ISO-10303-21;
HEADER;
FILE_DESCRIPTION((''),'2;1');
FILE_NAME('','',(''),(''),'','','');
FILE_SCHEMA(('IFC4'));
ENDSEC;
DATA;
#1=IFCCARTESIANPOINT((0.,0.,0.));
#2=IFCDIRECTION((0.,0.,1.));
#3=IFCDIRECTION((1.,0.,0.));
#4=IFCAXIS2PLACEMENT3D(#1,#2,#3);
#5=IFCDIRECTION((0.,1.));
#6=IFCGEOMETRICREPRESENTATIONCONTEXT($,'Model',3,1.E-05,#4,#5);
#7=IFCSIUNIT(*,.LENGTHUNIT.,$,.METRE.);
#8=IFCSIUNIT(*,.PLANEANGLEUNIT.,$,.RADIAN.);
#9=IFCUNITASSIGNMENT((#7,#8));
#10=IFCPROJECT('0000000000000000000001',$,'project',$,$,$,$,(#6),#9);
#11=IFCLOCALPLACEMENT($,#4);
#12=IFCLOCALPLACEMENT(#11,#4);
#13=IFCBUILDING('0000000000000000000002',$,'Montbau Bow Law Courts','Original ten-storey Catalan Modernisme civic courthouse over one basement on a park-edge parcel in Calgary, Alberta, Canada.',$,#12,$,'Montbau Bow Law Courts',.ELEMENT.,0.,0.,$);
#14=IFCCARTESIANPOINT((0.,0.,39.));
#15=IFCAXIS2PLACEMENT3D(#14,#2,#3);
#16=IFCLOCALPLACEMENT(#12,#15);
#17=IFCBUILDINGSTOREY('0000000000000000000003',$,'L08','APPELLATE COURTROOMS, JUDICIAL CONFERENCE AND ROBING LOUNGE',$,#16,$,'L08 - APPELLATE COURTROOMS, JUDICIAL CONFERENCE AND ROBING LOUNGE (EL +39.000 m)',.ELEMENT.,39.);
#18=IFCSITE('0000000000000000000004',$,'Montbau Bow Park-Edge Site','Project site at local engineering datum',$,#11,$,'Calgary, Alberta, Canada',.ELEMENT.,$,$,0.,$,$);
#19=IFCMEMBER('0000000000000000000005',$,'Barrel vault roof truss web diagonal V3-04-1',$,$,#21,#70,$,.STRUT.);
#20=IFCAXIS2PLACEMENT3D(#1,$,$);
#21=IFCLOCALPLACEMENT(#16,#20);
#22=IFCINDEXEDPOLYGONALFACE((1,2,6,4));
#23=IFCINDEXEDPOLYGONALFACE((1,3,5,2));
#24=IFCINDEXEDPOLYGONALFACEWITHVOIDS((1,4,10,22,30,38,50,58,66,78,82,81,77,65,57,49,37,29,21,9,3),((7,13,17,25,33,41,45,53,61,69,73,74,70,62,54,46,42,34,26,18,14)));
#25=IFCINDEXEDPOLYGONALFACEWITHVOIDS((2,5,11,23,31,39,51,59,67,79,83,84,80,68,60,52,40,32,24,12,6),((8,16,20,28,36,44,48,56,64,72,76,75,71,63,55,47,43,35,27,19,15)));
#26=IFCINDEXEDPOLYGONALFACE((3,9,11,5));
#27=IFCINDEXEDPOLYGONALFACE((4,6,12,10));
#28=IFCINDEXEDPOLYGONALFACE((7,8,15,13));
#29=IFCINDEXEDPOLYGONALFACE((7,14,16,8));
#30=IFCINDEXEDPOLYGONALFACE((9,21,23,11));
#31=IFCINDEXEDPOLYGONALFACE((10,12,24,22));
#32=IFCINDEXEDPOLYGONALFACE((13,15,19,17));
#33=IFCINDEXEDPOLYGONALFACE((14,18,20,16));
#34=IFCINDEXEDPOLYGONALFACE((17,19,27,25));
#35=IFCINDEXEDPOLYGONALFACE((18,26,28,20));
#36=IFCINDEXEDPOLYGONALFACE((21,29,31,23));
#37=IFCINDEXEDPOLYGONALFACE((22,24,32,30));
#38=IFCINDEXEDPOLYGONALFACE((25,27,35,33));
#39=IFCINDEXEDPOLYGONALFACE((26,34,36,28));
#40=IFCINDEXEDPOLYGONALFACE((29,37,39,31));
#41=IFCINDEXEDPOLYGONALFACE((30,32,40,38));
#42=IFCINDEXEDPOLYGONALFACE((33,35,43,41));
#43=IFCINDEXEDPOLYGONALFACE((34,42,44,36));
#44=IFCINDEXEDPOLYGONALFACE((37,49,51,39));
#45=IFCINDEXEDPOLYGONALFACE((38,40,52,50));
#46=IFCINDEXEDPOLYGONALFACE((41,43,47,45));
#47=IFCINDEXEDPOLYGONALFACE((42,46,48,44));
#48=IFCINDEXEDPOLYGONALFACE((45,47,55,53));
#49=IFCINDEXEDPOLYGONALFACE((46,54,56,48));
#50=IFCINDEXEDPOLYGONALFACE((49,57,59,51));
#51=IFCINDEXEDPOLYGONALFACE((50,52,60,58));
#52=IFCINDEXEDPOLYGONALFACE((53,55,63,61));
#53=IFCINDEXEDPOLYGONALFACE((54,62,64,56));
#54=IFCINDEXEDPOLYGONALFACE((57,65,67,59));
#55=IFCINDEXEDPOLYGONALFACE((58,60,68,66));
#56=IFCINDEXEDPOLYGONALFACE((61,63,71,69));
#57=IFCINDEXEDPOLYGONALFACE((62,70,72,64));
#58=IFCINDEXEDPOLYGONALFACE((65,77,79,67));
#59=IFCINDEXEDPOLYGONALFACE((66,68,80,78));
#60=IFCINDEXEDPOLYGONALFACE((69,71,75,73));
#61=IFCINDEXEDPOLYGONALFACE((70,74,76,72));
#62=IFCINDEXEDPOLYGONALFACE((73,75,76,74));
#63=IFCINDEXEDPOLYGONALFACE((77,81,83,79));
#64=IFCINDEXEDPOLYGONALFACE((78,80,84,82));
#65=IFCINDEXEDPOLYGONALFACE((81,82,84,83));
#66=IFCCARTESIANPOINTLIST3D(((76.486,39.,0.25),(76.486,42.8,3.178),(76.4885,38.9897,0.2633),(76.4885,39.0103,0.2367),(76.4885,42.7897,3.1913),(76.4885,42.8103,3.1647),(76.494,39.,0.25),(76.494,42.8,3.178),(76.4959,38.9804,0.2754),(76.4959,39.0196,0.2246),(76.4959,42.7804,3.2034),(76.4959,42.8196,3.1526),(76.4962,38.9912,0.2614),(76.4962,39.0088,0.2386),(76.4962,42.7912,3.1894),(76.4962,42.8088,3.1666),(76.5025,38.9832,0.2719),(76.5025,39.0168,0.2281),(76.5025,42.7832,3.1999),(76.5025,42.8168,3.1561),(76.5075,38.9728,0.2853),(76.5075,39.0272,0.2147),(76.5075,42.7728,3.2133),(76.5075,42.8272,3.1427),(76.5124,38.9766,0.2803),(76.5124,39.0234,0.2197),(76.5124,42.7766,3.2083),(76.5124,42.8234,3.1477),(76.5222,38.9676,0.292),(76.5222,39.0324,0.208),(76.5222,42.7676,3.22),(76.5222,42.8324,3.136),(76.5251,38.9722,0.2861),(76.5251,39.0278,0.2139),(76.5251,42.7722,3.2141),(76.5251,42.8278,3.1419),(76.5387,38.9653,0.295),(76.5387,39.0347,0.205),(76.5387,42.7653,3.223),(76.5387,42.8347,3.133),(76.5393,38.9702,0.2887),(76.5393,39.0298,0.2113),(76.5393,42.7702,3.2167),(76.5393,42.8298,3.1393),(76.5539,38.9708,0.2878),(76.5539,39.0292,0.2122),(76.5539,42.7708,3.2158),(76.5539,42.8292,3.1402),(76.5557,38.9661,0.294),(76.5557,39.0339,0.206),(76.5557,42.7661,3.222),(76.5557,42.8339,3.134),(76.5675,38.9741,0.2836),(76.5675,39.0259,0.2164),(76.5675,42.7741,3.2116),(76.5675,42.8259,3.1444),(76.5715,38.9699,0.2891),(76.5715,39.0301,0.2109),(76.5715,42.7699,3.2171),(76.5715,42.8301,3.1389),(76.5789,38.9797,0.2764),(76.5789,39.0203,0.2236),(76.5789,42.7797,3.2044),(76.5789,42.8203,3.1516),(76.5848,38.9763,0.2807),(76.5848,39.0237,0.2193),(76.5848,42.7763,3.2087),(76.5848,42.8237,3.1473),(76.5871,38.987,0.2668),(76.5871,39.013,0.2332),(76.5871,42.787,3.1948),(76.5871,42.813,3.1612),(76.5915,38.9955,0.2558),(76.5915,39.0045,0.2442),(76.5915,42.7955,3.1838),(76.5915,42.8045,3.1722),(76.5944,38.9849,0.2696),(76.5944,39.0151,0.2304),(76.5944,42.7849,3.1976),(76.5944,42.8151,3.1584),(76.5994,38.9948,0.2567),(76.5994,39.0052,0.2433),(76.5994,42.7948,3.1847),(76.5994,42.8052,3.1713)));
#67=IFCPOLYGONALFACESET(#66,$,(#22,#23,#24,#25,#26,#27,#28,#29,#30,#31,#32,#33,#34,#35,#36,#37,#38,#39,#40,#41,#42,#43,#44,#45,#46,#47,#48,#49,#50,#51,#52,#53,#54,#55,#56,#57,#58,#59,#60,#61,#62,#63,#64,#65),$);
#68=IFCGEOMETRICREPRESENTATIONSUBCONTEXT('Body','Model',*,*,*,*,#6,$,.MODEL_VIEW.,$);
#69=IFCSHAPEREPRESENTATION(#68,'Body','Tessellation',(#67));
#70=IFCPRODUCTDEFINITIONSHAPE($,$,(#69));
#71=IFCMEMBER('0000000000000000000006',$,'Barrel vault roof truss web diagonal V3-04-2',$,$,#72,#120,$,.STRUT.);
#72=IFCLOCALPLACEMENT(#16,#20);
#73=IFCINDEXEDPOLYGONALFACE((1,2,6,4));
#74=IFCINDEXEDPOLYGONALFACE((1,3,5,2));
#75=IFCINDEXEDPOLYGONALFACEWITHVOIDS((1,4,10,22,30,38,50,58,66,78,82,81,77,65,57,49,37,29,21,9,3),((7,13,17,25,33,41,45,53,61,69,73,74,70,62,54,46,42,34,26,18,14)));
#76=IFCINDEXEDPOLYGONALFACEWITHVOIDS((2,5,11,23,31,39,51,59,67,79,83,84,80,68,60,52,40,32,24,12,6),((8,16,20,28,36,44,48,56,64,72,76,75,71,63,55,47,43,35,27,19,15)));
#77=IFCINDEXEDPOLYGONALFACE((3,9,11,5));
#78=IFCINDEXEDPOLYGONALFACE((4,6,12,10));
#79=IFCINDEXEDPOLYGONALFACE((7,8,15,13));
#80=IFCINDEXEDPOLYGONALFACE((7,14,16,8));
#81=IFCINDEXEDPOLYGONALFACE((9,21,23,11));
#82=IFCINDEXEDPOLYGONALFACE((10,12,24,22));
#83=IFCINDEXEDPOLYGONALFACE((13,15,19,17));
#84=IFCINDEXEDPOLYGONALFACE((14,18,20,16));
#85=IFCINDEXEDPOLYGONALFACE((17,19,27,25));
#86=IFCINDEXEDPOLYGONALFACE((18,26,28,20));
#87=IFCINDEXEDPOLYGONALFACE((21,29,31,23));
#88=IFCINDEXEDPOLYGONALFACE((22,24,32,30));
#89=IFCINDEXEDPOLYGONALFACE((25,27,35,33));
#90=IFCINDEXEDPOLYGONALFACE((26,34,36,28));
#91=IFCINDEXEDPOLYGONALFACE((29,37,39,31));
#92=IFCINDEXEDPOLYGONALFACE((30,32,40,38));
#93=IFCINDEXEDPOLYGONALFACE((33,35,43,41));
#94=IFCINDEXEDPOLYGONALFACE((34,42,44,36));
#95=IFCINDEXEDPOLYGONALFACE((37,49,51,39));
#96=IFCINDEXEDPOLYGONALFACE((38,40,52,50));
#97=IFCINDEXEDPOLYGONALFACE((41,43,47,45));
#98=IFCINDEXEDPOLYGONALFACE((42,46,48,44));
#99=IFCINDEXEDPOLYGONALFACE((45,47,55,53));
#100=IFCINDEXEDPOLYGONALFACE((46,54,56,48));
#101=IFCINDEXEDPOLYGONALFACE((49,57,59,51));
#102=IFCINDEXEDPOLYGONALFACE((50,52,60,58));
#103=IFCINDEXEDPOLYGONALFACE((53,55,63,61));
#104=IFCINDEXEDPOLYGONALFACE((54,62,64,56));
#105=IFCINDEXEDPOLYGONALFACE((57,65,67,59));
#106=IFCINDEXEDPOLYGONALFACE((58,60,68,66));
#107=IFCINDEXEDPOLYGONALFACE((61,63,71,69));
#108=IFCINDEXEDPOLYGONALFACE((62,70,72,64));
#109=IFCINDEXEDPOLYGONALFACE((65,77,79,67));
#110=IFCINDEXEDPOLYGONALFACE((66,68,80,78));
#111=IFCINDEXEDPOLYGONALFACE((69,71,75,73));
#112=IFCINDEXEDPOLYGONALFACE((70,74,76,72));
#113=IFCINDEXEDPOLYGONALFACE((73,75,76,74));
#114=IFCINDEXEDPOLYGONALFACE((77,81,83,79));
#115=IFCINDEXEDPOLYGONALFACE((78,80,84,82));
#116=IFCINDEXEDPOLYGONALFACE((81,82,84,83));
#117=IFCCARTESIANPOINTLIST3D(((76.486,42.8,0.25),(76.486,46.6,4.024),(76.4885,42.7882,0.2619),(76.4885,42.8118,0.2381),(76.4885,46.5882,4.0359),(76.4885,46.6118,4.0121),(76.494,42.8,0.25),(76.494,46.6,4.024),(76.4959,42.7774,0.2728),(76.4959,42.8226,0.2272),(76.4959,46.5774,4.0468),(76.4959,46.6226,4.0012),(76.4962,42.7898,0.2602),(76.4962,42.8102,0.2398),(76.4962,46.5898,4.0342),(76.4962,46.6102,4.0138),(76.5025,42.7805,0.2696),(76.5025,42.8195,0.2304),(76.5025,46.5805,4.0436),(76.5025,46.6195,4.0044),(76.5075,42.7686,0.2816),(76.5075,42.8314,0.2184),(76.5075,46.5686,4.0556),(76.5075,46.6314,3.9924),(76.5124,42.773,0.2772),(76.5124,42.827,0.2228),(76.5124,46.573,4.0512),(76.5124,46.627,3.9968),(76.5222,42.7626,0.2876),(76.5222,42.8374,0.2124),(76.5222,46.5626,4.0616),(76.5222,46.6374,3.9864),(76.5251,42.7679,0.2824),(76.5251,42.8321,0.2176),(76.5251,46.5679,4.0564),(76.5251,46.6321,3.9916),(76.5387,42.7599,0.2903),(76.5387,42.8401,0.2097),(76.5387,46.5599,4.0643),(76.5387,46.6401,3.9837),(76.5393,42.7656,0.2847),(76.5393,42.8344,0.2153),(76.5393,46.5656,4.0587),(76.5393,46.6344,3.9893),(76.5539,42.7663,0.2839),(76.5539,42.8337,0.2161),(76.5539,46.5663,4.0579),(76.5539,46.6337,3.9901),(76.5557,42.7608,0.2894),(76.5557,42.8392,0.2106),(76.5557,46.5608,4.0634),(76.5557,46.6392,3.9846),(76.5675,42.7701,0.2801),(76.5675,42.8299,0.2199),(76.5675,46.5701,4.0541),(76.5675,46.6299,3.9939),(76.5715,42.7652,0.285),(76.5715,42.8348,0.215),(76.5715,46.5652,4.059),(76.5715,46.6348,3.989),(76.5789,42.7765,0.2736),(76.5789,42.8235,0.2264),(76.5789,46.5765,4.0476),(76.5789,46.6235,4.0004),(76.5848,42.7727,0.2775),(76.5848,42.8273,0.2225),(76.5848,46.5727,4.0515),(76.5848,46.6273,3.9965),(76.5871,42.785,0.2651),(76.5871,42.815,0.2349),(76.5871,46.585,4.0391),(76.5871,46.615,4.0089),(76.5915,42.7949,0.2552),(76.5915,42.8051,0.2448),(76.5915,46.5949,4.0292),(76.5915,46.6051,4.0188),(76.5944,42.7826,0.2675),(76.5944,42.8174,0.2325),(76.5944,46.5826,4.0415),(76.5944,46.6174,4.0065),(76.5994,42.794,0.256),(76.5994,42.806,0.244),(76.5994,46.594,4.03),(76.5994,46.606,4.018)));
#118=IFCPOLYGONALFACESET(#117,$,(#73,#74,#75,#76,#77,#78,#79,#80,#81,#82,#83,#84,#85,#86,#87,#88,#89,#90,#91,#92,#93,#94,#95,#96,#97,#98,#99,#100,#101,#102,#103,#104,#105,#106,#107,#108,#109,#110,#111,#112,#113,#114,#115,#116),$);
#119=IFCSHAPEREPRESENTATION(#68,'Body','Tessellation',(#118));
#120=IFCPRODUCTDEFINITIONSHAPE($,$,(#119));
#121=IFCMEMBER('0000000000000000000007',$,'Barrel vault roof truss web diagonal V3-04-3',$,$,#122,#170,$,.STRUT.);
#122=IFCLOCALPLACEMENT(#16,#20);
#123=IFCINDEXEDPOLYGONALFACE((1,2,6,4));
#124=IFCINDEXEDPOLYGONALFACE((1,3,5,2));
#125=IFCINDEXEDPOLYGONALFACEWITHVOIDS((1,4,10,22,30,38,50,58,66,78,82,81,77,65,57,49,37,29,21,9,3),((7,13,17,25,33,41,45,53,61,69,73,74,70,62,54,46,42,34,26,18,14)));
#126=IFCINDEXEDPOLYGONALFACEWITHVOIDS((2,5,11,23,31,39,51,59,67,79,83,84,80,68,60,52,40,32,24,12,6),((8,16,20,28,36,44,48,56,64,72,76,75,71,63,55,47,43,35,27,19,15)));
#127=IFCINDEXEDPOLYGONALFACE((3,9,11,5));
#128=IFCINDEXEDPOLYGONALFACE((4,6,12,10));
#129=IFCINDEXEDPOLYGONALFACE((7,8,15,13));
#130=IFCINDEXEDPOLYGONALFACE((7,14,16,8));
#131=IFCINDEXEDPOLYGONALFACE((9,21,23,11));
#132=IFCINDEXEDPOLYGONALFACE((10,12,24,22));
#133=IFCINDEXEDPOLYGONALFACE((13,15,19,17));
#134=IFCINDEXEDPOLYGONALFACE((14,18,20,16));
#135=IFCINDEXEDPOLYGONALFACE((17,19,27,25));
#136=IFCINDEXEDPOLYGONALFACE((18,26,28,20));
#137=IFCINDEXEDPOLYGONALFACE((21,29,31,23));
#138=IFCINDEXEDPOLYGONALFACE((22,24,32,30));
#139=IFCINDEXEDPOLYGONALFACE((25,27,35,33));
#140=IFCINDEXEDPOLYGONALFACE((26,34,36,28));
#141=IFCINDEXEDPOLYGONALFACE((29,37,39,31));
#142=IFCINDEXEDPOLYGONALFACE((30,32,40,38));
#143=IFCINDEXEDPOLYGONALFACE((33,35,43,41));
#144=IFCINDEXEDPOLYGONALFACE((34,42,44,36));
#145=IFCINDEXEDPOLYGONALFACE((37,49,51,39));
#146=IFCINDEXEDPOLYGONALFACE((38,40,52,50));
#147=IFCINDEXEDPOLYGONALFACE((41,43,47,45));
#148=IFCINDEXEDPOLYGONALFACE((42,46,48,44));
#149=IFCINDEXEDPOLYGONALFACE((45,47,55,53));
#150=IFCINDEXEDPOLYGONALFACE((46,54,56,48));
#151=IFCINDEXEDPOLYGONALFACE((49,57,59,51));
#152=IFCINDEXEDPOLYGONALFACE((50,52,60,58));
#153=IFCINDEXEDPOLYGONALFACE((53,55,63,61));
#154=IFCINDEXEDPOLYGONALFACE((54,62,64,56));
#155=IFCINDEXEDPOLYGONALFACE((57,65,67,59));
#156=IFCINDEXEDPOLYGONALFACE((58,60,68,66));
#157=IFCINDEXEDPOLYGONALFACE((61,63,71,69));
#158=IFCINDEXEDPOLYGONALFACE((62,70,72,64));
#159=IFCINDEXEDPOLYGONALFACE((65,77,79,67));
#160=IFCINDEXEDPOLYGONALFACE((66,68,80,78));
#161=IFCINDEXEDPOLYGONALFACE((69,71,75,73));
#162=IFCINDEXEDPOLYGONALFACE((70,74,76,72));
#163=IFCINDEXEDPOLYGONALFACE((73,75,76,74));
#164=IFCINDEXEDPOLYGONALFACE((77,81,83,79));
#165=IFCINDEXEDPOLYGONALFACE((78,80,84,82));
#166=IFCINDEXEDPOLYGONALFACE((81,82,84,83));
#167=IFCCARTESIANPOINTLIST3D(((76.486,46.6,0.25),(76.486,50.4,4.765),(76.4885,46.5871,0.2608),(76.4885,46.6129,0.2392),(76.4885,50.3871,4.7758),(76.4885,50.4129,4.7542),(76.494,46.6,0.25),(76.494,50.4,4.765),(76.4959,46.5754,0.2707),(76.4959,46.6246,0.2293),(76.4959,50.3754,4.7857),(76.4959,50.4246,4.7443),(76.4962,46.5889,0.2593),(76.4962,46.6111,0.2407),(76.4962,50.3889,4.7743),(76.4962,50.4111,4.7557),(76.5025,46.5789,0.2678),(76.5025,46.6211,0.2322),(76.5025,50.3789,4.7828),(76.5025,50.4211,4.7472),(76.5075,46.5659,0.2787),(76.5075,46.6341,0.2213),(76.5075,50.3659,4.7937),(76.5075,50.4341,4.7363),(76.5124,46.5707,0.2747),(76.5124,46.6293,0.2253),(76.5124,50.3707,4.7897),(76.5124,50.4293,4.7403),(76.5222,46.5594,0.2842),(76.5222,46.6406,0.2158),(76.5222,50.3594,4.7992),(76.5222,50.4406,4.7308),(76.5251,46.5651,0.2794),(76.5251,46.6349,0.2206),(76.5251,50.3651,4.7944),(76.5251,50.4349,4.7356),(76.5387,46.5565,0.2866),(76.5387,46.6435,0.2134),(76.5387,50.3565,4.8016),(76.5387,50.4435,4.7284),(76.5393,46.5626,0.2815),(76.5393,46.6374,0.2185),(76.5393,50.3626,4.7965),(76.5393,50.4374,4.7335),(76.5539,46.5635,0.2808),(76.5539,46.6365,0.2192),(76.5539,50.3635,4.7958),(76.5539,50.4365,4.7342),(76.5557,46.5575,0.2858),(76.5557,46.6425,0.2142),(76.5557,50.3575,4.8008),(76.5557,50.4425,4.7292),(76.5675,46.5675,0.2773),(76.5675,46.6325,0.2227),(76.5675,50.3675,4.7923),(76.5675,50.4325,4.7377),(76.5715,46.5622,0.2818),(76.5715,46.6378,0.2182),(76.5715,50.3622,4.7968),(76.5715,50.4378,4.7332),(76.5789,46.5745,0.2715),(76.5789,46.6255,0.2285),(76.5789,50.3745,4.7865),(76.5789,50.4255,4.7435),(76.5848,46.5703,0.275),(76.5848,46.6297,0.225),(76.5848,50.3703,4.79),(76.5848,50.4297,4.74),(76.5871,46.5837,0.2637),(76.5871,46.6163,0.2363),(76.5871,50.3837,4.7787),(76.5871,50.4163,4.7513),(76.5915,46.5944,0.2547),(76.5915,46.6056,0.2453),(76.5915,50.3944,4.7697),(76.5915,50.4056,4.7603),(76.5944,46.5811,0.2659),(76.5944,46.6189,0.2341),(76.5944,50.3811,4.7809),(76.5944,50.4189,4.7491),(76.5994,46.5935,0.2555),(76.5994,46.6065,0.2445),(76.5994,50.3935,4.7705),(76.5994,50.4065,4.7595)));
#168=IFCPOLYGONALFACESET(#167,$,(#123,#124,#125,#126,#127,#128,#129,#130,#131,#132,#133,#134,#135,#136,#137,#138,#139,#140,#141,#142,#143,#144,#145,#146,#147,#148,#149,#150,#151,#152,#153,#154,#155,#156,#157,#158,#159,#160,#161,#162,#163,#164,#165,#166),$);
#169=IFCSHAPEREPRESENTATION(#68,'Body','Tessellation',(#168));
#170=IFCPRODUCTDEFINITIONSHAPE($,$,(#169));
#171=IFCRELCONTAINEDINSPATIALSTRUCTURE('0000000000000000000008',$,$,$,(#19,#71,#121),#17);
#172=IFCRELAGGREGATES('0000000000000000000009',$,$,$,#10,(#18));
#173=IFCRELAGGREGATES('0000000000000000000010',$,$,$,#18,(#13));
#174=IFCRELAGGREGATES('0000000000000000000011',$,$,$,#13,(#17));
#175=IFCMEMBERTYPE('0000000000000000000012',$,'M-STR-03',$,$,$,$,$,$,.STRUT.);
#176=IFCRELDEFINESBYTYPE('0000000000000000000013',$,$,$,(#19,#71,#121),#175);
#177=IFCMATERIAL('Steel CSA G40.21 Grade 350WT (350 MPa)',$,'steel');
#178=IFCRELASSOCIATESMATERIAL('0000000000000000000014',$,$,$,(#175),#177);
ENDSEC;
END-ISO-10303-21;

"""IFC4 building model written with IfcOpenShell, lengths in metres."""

from ifc_helpers import new_model, si_unit, direction, frame, origin_with_axes, origin_2d_with_axis, place, context, subcontext, project, spatial, hollow_circle, extrude, material, material_profile, profile_set, type_object, element, save


model = new_model("IFC4")

# Units and contexts
model_context = context("Model", 3, precision=1e-05, world=origin_with_axes(), true_north=direction((0.0, 1.0)))
body_context = subcontext(model_context, "Body", "Model", "MODEL_VIEW")
ifc_project = project(units=[si_unit("LENGTHUNIT", "METRE"), si_unit("PLANEANGLEUNIT", "RADIAN")], contexts=[model_context])

# Site, building, storey
site_placement = place(None, origin_with_axes())
site = spatial("IfcSite", under=ifc_project, at=site_placement, Name="Montbau Bow Park-Edge Site", Description="Project site at local engineering datum", LongName="Calgary, Alberta, Canada", CompositionType="ELEMENT", RefElevation=0.0)
building_placement = place(site_placement, origin_with_axes())
building = spatial("IfcBuilding", under=site, at=building_placement, Name="Montbau Bow Law Courts", Description="Original ten-storey Catalan Modernisme civic courthouse over one basement on a park-edge parcel in Calgary, Alberta, Canada.", LongName="Montbau Bow Law Courts", CompositionType="ELEMENT", ElevationOfRefHeight=0.0, ElevationOfTerrain=0.0)
storey_placement = place(building_placement, frame((0.0, 0.0, 39.0), z_axis=(0.0, 0.0, 1.0), x_axis=(1.0, 0.0, 0.0)))
storey = spatial("IfcBuildingStorey", under=building, at=storey_placement, Name="L08", Description="APPELLATE COURTROOMS, JUDICIAL CONFERENCE AND ROBING LOUNGE", LongName="L08 - APPELLATE COURTROOMS, JUDICIAL CONFERENCE AND ROBING LOUNGE (EL +39.000 m)", CompositionType="ELEMENT", Elevation=39.0)

# Shared definitions
ifc_material_1 = material(Name="Steel CSA G40.21 Grade 350WT (350 MPa)", Category="steel")

# Members
ifc_material_profile_1 = material_profile(ifc_material_1, hollow_circle(Radius=0.057, WallThickness=0.008, at=origin_2d_with_axis()), Name="HSS114X8.0", Category="Main", Priority=0)
ifc_profile_set_1 = profile_set([ifc_material_profile_1], Name="Steel CSA G40.21 Grade 350WT (350 MPa)")
member_type_1 = type_object("IfcMemberType", Name="M-STR-03", PredefinedType="STRUT", material=ifc_profile_set_1)
member_1_placement = place(None, frame((76.543, 39.0, 39.25), z_axis=(0.0, 0.792128, 0.610355), x_axis=(-1.0, 0.0, 0.0)))
element("IfcMember", 1, at=member_1_placement, inside=storey, type_object=member_type_1, Name="Barrel vault roof truss web diagonal V3-04-1", PredefinedType="STRUT", context=body_context, shape_type="SweptSolid", body=[
    extrude(hollow_circle(Radius=0.057, WallThickness=0.008, at=origin_2d_with_axis()), origin_with_axes(), (0.0, 0.0, 1.0), 4.7972),
])
member_2_placement = place(None, frame((76.543, 42.8, 39.25), z_axis=(0.0, 0.70953, 0.704675), x_axis=(-1.0, 0.0, 0.0)))
element("IfcMember", 2, at=member_2_placement, inside=storey, type_object=member_type_1, Name="Barrel vault roof truss web diagonal V3-04-2", PredefinedType="STRUT", context=body_context, shape_type="SweptSolid", body=[
    extrude(hollow_circle(Radius=0.057, WallThickness=0.008, at=origin_2d_with_axis()), origin_with_axes(), (0.0, 0.0, 1.0), 5.3557),
])
member_3_placement = place(None, frame((76.543, 46.6, 39.25), z_axis=(0.0, 0.643927, 0.765087), x_axis=(-1.0, 0.0, 0.0)))
element("IfcMember", 3, at=member_3_placement, inside=storey, type_object=member_type_1, Name="Barrel vault roof truss web diagonal V3-04-3", PredefinedType="STRUT", context=body_context, shape_type="SweptSolid", body=[
    extrude(hollow_circle(Radius=0.057, WallThickness=0.008, at=origin_2d_with_axis()), origin_with_axes(), (0.0, 0.0, 1.0), 5.9013),
])

save(model, "model.ifc")
